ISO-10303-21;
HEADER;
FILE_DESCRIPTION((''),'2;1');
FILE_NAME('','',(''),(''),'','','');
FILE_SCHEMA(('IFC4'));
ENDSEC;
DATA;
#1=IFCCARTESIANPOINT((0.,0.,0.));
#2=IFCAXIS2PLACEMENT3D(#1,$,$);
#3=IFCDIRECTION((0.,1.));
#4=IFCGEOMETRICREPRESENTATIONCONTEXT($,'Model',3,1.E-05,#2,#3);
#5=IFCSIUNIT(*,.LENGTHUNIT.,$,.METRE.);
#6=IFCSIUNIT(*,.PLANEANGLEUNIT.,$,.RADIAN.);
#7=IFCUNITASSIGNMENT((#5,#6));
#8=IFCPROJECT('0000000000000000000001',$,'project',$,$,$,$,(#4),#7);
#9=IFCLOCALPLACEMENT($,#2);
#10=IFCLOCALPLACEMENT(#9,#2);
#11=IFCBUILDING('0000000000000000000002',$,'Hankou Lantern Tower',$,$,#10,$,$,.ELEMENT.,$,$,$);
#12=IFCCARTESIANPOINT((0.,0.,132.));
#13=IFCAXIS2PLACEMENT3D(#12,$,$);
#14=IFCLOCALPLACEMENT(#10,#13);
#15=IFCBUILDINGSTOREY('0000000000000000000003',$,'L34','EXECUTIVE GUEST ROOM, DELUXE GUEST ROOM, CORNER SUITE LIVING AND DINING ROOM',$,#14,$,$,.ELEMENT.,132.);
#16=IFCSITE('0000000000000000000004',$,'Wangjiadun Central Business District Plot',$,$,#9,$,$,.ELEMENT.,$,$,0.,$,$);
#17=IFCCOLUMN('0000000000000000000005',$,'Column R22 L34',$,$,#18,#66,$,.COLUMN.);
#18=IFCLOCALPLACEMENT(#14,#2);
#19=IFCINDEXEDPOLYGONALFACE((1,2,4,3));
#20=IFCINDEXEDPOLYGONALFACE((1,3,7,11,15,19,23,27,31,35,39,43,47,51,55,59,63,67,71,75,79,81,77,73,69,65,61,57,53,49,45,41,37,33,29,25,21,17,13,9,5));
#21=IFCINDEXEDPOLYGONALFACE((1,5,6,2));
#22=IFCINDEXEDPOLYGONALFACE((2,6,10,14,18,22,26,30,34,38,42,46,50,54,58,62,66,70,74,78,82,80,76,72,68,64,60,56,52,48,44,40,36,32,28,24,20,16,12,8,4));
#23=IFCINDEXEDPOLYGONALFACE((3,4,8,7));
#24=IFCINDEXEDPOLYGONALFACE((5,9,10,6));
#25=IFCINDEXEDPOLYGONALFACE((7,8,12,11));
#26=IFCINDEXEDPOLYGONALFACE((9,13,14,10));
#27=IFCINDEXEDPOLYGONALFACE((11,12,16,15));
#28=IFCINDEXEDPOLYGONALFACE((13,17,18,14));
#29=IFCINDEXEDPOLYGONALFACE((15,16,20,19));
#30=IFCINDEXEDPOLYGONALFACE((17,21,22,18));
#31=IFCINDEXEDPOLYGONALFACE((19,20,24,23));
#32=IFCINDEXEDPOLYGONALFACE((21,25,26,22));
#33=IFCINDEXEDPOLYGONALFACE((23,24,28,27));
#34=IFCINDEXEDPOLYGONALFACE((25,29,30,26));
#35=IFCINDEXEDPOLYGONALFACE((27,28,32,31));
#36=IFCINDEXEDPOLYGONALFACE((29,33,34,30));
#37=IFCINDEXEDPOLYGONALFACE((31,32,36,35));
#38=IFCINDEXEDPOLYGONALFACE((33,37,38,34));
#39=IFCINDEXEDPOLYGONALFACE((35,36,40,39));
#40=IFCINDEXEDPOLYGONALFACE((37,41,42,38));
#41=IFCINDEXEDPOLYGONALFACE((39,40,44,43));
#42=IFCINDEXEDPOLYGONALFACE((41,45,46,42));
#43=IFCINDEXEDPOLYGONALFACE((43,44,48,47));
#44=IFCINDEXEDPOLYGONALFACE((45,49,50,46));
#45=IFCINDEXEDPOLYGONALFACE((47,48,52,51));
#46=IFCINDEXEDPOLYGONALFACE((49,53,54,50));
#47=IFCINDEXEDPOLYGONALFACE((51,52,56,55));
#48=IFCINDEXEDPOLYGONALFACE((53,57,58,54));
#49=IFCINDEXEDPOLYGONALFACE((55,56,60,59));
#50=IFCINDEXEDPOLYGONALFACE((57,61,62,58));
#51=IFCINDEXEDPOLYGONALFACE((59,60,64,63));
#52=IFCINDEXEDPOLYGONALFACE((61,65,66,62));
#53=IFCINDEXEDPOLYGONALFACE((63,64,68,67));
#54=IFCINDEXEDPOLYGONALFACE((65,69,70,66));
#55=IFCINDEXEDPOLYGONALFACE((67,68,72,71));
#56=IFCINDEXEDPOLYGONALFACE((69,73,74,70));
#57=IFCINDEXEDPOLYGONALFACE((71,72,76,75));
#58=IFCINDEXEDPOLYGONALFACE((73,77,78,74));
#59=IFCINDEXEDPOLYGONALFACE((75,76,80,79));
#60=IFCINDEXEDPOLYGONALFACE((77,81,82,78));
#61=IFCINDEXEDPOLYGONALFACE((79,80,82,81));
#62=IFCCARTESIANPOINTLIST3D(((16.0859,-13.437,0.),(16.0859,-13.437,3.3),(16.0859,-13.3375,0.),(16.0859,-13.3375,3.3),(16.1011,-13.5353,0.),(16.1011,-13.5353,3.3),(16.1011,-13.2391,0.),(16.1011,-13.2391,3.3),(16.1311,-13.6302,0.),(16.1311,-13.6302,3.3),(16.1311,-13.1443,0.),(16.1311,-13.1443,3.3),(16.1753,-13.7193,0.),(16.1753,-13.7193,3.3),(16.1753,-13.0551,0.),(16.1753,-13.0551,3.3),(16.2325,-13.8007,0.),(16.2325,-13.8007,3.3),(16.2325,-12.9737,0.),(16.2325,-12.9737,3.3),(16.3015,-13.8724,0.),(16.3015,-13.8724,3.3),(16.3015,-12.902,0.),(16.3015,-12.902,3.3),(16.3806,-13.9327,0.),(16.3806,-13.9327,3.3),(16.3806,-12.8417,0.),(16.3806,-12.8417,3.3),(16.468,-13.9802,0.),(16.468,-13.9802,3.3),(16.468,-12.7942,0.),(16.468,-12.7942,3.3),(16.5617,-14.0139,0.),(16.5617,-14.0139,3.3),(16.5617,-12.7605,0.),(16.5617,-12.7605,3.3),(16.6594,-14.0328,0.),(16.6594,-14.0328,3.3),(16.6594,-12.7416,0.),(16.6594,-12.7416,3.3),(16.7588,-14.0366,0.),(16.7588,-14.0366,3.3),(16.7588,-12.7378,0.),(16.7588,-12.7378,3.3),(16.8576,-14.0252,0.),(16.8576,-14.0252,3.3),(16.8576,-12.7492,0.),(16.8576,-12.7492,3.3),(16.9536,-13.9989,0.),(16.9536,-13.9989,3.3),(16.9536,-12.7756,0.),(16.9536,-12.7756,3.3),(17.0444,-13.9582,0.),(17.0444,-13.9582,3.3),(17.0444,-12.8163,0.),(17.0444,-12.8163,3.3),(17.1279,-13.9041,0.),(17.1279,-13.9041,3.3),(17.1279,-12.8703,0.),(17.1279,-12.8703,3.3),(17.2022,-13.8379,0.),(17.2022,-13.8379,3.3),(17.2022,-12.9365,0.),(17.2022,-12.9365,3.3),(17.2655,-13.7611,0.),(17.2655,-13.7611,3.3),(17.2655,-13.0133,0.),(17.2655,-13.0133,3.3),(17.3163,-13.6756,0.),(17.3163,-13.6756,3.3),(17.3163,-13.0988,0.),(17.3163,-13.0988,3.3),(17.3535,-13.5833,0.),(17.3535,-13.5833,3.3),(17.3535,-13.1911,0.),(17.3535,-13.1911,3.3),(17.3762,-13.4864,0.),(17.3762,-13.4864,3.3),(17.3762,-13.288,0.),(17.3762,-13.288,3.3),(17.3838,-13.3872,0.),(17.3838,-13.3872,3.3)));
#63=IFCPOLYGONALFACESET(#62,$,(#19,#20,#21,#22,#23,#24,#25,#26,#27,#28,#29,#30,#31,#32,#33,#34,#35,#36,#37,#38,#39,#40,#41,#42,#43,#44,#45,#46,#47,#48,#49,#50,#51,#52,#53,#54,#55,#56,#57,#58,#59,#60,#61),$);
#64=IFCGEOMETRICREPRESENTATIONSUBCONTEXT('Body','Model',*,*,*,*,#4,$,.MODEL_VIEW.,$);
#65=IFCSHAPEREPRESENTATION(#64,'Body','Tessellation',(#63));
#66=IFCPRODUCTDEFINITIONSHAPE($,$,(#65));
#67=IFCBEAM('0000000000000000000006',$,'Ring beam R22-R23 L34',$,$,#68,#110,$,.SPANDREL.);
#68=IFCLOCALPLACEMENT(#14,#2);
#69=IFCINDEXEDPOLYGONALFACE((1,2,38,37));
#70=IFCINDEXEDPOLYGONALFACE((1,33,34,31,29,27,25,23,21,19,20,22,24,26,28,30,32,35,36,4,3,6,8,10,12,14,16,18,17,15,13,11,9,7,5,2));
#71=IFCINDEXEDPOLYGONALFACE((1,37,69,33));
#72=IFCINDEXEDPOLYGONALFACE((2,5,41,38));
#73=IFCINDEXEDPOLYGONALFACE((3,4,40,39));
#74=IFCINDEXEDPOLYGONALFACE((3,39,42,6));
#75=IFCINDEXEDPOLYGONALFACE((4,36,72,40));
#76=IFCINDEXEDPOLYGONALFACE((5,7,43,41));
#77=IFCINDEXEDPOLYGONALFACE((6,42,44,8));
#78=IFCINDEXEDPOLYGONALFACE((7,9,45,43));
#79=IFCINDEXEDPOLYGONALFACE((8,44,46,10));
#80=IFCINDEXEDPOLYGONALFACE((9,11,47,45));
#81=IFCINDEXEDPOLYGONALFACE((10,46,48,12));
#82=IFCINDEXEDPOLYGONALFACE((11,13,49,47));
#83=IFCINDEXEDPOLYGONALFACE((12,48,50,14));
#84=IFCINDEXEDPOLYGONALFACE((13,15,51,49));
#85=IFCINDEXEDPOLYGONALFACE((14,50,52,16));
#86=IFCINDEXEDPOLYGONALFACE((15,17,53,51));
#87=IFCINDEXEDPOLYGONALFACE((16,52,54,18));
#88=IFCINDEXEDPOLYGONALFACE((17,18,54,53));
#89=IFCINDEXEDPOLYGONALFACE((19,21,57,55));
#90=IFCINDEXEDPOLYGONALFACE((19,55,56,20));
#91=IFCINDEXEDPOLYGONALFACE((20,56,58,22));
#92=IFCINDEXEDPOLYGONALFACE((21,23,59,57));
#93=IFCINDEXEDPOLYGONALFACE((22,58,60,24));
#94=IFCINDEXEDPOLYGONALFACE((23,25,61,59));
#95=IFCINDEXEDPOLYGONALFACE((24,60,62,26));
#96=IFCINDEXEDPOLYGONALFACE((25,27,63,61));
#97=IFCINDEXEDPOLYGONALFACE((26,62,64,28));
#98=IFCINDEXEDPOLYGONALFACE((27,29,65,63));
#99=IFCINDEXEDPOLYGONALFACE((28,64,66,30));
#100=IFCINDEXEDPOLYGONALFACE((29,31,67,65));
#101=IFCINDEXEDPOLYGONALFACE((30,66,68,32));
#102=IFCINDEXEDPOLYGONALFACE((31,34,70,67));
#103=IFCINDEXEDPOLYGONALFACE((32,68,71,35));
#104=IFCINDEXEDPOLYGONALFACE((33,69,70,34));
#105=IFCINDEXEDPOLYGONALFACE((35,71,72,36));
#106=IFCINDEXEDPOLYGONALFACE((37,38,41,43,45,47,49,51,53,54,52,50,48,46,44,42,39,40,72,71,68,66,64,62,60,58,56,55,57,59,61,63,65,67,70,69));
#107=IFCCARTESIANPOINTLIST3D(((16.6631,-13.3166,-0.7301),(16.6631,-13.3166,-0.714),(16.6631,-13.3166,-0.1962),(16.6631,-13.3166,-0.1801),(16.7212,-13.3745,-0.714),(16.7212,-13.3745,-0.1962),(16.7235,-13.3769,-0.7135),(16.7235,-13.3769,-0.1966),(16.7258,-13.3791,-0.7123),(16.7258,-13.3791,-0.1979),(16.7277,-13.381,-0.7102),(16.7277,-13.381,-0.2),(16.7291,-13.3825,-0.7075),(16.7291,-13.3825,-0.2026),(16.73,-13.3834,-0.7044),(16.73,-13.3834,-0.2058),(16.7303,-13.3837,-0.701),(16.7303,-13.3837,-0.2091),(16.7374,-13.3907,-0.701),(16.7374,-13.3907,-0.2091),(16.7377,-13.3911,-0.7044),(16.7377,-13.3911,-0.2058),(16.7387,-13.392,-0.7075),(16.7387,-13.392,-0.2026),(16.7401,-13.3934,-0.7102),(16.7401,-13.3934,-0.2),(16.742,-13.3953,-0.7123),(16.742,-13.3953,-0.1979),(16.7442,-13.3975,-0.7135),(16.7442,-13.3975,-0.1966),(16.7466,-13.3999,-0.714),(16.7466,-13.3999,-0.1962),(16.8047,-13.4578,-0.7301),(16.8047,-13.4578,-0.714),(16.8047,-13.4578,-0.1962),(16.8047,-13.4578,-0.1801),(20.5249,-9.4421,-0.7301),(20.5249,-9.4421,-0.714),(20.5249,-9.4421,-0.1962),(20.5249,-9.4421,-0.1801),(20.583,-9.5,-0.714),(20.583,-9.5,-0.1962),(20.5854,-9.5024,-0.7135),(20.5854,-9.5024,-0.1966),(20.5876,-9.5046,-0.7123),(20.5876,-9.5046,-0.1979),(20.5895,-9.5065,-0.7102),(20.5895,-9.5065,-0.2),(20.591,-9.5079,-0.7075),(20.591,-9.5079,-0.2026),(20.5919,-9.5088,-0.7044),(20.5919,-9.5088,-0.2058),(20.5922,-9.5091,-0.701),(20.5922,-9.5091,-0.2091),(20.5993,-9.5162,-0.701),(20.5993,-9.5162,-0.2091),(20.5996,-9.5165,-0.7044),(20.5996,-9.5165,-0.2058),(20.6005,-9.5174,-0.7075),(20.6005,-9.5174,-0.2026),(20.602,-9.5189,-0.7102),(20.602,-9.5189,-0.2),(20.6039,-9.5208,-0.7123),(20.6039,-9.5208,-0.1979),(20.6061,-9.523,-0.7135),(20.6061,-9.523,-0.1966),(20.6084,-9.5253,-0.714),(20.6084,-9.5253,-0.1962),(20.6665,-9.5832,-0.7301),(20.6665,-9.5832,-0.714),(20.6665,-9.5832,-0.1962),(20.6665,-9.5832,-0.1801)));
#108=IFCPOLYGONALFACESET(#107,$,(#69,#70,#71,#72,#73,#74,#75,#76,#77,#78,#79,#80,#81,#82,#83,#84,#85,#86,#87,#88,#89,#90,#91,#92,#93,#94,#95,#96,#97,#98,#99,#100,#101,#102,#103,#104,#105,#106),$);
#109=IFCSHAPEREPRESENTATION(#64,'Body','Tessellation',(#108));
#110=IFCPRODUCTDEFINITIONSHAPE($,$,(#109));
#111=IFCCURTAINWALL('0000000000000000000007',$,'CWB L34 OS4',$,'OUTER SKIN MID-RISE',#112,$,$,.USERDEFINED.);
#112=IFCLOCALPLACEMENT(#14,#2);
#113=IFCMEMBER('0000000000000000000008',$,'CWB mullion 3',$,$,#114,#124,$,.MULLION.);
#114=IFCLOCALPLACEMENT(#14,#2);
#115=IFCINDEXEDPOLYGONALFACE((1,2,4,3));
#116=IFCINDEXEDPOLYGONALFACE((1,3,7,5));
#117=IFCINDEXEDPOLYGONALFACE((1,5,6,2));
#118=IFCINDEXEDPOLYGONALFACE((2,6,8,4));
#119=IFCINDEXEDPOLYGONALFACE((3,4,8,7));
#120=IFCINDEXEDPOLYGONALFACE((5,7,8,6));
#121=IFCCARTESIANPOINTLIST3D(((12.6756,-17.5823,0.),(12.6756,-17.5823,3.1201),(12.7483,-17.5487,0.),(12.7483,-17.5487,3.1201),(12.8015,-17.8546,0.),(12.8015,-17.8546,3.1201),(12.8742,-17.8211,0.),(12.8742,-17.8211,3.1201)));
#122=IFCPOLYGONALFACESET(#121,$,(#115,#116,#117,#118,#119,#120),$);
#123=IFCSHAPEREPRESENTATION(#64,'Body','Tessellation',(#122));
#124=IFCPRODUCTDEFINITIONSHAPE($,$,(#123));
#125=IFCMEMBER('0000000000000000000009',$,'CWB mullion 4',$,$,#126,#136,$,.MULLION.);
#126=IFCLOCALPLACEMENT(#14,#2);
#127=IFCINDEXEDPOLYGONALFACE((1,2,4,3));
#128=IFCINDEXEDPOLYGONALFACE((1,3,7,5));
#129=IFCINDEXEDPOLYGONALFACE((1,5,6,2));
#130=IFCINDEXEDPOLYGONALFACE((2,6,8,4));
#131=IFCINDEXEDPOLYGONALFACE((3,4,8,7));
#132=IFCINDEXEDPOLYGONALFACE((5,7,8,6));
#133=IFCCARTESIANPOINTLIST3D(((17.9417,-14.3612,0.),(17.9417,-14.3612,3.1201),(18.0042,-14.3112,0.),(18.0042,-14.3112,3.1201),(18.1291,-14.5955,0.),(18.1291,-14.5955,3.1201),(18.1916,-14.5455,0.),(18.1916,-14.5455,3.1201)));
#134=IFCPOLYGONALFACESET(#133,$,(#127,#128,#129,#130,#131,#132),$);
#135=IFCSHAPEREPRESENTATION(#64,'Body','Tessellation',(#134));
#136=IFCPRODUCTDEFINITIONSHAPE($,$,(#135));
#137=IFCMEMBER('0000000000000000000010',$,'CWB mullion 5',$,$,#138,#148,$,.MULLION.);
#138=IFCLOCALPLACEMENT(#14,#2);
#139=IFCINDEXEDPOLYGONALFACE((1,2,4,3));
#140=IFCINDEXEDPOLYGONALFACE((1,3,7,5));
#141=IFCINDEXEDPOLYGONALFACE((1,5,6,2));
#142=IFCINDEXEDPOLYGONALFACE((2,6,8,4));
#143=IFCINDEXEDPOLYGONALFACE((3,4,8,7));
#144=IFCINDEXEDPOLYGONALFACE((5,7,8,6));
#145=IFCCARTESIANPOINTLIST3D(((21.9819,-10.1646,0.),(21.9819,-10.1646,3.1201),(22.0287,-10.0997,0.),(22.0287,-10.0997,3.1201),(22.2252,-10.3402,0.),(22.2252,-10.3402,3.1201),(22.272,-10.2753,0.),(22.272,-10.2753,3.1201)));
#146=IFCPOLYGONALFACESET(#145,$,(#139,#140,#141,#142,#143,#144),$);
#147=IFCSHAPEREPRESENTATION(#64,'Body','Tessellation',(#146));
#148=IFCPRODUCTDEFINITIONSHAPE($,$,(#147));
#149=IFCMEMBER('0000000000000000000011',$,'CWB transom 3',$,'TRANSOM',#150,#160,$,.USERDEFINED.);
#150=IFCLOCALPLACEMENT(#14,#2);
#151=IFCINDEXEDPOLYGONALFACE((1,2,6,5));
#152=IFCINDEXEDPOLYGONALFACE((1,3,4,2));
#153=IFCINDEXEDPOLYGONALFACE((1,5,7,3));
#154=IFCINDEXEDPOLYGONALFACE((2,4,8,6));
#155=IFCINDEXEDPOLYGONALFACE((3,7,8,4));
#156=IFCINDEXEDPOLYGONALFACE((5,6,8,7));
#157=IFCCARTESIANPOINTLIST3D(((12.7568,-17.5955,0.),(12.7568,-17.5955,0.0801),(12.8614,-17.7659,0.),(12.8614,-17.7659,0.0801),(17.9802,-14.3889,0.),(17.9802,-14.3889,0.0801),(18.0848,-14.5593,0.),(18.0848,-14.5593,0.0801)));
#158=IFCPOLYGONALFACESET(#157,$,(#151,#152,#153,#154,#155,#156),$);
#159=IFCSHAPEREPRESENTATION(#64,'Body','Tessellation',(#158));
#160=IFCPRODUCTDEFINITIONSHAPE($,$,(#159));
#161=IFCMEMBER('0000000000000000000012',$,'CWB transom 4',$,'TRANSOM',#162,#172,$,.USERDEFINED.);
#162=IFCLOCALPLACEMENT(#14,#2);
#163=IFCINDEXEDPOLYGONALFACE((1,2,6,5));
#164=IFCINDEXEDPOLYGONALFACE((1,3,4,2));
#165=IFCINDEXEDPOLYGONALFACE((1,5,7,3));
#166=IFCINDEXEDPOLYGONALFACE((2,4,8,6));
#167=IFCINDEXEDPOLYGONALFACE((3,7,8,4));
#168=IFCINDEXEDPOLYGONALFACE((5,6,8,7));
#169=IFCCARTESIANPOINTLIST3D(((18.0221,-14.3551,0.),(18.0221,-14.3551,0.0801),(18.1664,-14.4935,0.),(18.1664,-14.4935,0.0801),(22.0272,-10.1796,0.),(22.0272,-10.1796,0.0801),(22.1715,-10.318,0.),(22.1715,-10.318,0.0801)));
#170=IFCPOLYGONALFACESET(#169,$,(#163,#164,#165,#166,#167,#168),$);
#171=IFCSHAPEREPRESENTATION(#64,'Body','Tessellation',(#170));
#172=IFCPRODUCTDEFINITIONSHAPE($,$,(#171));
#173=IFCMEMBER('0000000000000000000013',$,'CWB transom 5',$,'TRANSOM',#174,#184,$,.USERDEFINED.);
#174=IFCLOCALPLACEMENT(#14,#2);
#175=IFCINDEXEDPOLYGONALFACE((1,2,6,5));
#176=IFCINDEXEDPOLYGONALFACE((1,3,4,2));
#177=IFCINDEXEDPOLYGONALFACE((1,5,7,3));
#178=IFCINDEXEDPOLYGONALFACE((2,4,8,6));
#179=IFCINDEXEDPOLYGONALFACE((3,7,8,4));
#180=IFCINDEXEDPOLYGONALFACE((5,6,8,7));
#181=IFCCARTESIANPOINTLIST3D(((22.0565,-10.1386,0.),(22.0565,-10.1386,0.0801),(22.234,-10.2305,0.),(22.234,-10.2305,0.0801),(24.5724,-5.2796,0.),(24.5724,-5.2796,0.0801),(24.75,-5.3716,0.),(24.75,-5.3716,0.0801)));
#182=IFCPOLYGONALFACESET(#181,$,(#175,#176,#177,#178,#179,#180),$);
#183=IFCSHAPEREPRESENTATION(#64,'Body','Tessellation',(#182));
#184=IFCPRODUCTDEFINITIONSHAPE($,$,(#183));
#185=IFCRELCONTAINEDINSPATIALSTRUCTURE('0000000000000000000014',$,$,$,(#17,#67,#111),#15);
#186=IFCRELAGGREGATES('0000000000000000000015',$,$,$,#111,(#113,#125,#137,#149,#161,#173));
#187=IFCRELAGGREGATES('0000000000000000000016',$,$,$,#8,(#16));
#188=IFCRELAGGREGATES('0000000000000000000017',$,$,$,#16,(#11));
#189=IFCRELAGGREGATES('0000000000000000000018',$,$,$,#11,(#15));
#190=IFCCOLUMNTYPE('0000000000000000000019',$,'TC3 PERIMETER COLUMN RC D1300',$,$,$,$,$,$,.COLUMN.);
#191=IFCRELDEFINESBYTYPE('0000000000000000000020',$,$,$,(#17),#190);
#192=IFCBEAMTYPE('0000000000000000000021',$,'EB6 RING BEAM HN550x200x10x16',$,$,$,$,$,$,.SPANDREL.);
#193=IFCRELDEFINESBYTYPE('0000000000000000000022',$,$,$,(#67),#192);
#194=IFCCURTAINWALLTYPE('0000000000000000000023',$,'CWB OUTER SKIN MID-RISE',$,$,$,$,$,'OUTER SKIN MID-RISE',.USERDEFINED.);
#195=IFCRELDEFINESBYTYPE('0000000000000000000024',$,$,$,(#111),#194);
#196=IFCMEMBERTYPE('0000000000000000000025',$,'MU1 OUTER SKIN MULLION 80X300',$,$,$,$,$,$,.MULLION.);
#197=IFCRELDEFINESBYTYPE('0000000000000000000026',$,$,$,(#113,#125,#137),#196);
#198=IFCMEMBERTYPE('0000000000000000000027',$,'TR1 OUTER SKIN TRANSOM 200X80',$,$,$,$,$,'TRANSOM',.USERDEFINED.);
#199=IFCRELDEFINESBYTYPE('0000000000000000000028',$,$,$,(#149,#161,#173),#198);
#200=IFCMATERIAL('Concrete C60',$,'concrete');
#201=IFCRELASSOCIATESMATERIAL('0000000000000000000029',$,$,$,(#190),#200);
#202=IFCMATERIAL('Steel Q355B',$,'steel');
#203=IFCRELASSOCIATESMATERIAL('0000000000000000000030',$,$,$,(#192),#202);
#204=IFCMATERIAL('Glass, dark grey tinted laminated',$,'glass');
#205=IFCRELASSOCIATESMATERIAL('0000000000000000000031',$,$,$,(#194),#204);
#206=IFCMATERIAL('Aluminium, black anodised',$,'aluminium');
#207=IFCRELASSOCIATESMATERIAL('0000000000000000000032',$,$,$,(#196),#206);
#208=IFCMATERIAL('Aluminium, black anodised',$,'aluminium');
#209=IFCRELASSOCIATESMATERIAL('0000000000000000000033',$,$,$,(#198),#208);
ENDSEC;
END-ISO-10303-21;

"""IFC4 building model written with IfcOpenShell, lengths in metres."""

from ifc_helpers import new_model, si_unit, direction, frame, origin, origin_2d, place, context, subcontext, project, spatial, rectangle, circle, i_section, extrude, material, material_profile, profile_set, type_object, element, aggregate, save


model = new_model("IFC4")

# Units and contexts
model_context = context("Model", 3, precision=1e-05, world=origin(), true_north=direction((0.0, 1.0)))
body_context = subcontext(model_context, "Body", "Model", "MODEL_VIEW")
ifc_project = project(units=[si_unit("LENGTHUNIT", "METRE"), si_unit("PLANEANGLEUNIT", "RADIAN")], contexts=[model_context])

# Site, building, storey
site_placement = place(None, origin())
site = spatial("IfcSite", under=ifc_project, at=site_placement, Name="Wangjiadun Central Business District Plot", CompositionType="ELEMENT", RefElevation=0.0)
building_placement = place(site_placement, origin())
building = spatial("IfcBuilding", under=site, at=building_placement, Name="Hankou Lantern Tower", CompositionType="ELEMENT")
storey_placement = place(building_placement, frame((0.0, 0.0, 132.0)))
storey = spatial("IfcBuildingStorey", under=building, at=storey_placement, Name="L34", Description="EXECUTIVE GUEST ROOM, DELUXE GUEST ROOM, CORNER SUITE LIVING AND DINING ROOM", CompositionType="ELEMENT", Elevation=132.0)

# Column
ifc_material_1 = material(Name="Concrete C60", Category="concrete")
ifc_material_profile_1 = material_profile(ifc_material_1, circle(Radius=0.6499, at=origin_2d()), Name="RC D1300")
ifc_profile_set_1 = profile_set([ifc_material_profile_1], Name="Concrete C60")
column_type = type_object("IfcColumnType", Name="TC3 PERIMETER COLUMN RC D1300", PredefinedType="COLUMN", material=ifc_profile_set_1)
column_placement = place(storey_placement, frame((16.7339, -13.3872, 0.0), z_axis=(0.0, 0.0, 1.0), x_axis=(1.0, 0.0, 0.0)))
element("IfcColumn", 1, at=column_placement, inside=storey, type_object=column_type, Name="Column R22 L34", PredefinedType="COLUMN", context=body_context, shape_type="SweptSolid", body=[
    extrude(circle(Radius=0.6499, at=origin_2d()), origin(), (0.0, 0.0, 1.0), 3.3),
])

# Beam
ifc_material_2 = material(Name="Steel Q355B", Category="steel")
ifc_material_profile_2 = material_profile(ifc_material_2, i_section(OverallWidth=0.2, OverallDepth=0.55, WebThickness=0.01, FlangeThickness=0.0161, FilletRadius=0.0129, at=origin_2d()), Name="HN550x200x10x16")
ifc_profile_set_2 = profile_set([ifc_material_profile_2], Name="Steel Q355B")
beam_type = type_object("IfcBeamType", Name="EB6 RING BEAM HN550x200x10x16", PredefinedType="SPANDREL", material=ifc_profile_set_2)
beam_placement = place(storey_placement, frame((16.7339, -13.3872, -0.4551), z_axis=(0.705945, 0.708266, 0.0), x_axis=(-0.708266, 0.705945, 0.0)))
element("IfcBeam", 2, at=beam_placement, inside=storey, type_object=beam_type, Name="Ring beam R22-R23 L34", PredefinedType="SPANDREL", context=body_context, shape_type="SweptSolid", body=[
    extrude(i_section(OverallWidth=0.2, OverallDepth=0.55, WebThickness=0.01, FlangeThickness=0.0161, FilletRadius=0.0129, at=origin_2d()), origin(), (0.0, 0.0, 1.0), 5.4705),
])

# Curtain wall, members
ifc_material_3 = material(Name="Glass, dark grey tinted laminated", Category="glass")
curtain_wall_type = type_object("IfcCurtainWallType", Name="CWB OUTER SKIN MID-RISE", ElementType="OUTER SKIN MID-RISE", PredefinedType="USERDEFINED", material=ifc_material_3)
curtain_wall_placement = place(storey_placement, origin())
curtain_wall = element("IfcCurtainWall", 3, at=curtain_wall_placement, inside=storey, type_object=curtain_wall_type, Name="CWB L34 OS4", ObjectType="OUTER SKIN MID-RISE", PredefinedType="USERDEFINED")
ifc_material_4 = material(Name="Aluminium, black anodised", Category="aluminium")
ifc_material_profile_3 = material_profile(ifc_material_4, rectangle(XDim=0.0801, YDim=0.3, at=origin_2d()), Name="MU1 80X300")
ifc_profile_set_3 = profile_set([ifc_material_profile_3], Name="Aluminium, black anodised")
member_type_1 = type_object("IfcMemberType", Name="MU1 OUTER SKIN MULLION 80X300", PredefinedType="MULLION", material=ifc_profile_set_3)
member_1_placement = place(storey_placement, frame((12.7749, -17.7017, 0.0), z_axis=(0.0, 0.0, 1.0), x_axis=(0.907841, 0.419314, 0.0)))
member_1 = element("IfcMember", 4, at=member_1_placement, type_object=member_type_1, Name="CWB mullion 3", PredefinedType="MULLION", context=body_context, shape_type="SweptSolid", body=[
    extrude(rectangle(XDim=0.0801, YDim=0.3, at=origin_2d()), origin(), (0.0, 0.0, 1.0), 3.1201),
])
member_2_placement = place(storey_placement, frame((18.0667, -14.4534, 0.0), z_axis=(0.0, 0.0, 1.0), x_axis=(0.780869, 0.624695, 0.0)))
member_2 = element("IfcMember", 5, at=member_2_placement, type_object=member_type_1, Name="CWB mullion 4", PredefinedType="MULLION", context=body_context, shape_type="SweptSolid", body=[
    extrude(rectangle(XDim=0.0801, YDim=0.3, at=origin_2d()), origin(), (0.0, 0.0, 1.0), 3.1201),
])
member_3_placement = place(storey_placement, frame((22.127, -10.22, 0.0), z_axis=(0.0, 0.0, 1.0), x_axis=(0.585206, 0.810885, 0.0)))
member_3 = element("IfcMember", 6, at=member_3_placement, type_object=member_type_1, Name="CWB mullion 5", PredefinedType="MULLION", context=body_context, shape_type="SweptSolid", body=[
    extrude(rectangle(XDim=0.0801, YDim=0.3, at=origin_2d()), origin(), (0.0, 0.0, 1.0), 3.1201),
])
ifc_material_5 = material(Name="Aluminium, black anodised", Category="aluminium")
ifc_material_profile_4 = material_profile(ifc_material_5, rectangle(XDim=0.2, YDim=0.0801, at=origin_2d()), Name="TR1 200X80")
ifc_profile_set_4 = profile_set([ifc_material_profile_4], Name="Aluminium, black anodised")
member_type_2 = type_object("IfcMemberType", Name="TR1 OUTER SKIN TRANSOM 200X80", ElementType="TRANSOM", PredefinedType="USERDEFINED", material=ifc_profile_set_4)
member_4_placement = place(storey_placement, frame((12.8091, -17.6807, 0.04), z_axis=(0.852229, 0.523168, 0.0), x_axis=(-0.523168, 0.852229, 0.0)))
member_4 = element("IfcMember", 7, at=member_4_placement, type_object=member_type_2, Name="CWB transom 3", ObjectType="TRANSOM", PredefinedType="USERDEFINED", context=body_context, shape_type="SweptSolid", body=[
    extrude(rectangle(XDim=0.2, YDim=0.0801, at=origin_2d()), origin(), (0.0, 0.0, 1.0), 6.1292),
])
member_5_placement = place(storey_placement, frame((18.0942, -14.4243, 0.04), z_axis=(0.692227, 0.72168, 0.0), x_axis=(-0.72168, 0.692227, 0.0)))
member_5 = element("IfcMember", 8, at=member_5_placement, type_object=member_type_2, Name="CWB transom 4", ObjectType="TRANSOM", PredefinedType="USERDEFINED", context=body_context, shape_type="SweptSolid", body=[
    extrude(rectangle(XDim=0.2, YDim=0.0801, at=origin_2d()), origin(), (0.0, 0.0, 1.0), 5.7859),
])
member_6_placement = place(storey_placement, frame((22.1453, -10.1846, 0.04), z_axis=(0.459805, 0.88802, 0.0), x_axis=(-0.88802, 0.459805, 0.0)))
member_6 = element("IfcMember", 9, at=member_6_placement, type_object=member_type_2, Name="CWB transom 5", ObjectType="TRANSOM", PredefinedType="USERDEFINED", context=body_context, shape_type="SweptSolid", body=[
    extrude(rectangle(XDim=0.2, YDim=0.0801, at=origin_2d()), origin(), (0.0, 0.0, 1.0), 5.4717),
])
aggregate(curtain_wall, [member_1, member_2, member_3, member_4, member_5, member_6])

save(model, "model.ifc")
